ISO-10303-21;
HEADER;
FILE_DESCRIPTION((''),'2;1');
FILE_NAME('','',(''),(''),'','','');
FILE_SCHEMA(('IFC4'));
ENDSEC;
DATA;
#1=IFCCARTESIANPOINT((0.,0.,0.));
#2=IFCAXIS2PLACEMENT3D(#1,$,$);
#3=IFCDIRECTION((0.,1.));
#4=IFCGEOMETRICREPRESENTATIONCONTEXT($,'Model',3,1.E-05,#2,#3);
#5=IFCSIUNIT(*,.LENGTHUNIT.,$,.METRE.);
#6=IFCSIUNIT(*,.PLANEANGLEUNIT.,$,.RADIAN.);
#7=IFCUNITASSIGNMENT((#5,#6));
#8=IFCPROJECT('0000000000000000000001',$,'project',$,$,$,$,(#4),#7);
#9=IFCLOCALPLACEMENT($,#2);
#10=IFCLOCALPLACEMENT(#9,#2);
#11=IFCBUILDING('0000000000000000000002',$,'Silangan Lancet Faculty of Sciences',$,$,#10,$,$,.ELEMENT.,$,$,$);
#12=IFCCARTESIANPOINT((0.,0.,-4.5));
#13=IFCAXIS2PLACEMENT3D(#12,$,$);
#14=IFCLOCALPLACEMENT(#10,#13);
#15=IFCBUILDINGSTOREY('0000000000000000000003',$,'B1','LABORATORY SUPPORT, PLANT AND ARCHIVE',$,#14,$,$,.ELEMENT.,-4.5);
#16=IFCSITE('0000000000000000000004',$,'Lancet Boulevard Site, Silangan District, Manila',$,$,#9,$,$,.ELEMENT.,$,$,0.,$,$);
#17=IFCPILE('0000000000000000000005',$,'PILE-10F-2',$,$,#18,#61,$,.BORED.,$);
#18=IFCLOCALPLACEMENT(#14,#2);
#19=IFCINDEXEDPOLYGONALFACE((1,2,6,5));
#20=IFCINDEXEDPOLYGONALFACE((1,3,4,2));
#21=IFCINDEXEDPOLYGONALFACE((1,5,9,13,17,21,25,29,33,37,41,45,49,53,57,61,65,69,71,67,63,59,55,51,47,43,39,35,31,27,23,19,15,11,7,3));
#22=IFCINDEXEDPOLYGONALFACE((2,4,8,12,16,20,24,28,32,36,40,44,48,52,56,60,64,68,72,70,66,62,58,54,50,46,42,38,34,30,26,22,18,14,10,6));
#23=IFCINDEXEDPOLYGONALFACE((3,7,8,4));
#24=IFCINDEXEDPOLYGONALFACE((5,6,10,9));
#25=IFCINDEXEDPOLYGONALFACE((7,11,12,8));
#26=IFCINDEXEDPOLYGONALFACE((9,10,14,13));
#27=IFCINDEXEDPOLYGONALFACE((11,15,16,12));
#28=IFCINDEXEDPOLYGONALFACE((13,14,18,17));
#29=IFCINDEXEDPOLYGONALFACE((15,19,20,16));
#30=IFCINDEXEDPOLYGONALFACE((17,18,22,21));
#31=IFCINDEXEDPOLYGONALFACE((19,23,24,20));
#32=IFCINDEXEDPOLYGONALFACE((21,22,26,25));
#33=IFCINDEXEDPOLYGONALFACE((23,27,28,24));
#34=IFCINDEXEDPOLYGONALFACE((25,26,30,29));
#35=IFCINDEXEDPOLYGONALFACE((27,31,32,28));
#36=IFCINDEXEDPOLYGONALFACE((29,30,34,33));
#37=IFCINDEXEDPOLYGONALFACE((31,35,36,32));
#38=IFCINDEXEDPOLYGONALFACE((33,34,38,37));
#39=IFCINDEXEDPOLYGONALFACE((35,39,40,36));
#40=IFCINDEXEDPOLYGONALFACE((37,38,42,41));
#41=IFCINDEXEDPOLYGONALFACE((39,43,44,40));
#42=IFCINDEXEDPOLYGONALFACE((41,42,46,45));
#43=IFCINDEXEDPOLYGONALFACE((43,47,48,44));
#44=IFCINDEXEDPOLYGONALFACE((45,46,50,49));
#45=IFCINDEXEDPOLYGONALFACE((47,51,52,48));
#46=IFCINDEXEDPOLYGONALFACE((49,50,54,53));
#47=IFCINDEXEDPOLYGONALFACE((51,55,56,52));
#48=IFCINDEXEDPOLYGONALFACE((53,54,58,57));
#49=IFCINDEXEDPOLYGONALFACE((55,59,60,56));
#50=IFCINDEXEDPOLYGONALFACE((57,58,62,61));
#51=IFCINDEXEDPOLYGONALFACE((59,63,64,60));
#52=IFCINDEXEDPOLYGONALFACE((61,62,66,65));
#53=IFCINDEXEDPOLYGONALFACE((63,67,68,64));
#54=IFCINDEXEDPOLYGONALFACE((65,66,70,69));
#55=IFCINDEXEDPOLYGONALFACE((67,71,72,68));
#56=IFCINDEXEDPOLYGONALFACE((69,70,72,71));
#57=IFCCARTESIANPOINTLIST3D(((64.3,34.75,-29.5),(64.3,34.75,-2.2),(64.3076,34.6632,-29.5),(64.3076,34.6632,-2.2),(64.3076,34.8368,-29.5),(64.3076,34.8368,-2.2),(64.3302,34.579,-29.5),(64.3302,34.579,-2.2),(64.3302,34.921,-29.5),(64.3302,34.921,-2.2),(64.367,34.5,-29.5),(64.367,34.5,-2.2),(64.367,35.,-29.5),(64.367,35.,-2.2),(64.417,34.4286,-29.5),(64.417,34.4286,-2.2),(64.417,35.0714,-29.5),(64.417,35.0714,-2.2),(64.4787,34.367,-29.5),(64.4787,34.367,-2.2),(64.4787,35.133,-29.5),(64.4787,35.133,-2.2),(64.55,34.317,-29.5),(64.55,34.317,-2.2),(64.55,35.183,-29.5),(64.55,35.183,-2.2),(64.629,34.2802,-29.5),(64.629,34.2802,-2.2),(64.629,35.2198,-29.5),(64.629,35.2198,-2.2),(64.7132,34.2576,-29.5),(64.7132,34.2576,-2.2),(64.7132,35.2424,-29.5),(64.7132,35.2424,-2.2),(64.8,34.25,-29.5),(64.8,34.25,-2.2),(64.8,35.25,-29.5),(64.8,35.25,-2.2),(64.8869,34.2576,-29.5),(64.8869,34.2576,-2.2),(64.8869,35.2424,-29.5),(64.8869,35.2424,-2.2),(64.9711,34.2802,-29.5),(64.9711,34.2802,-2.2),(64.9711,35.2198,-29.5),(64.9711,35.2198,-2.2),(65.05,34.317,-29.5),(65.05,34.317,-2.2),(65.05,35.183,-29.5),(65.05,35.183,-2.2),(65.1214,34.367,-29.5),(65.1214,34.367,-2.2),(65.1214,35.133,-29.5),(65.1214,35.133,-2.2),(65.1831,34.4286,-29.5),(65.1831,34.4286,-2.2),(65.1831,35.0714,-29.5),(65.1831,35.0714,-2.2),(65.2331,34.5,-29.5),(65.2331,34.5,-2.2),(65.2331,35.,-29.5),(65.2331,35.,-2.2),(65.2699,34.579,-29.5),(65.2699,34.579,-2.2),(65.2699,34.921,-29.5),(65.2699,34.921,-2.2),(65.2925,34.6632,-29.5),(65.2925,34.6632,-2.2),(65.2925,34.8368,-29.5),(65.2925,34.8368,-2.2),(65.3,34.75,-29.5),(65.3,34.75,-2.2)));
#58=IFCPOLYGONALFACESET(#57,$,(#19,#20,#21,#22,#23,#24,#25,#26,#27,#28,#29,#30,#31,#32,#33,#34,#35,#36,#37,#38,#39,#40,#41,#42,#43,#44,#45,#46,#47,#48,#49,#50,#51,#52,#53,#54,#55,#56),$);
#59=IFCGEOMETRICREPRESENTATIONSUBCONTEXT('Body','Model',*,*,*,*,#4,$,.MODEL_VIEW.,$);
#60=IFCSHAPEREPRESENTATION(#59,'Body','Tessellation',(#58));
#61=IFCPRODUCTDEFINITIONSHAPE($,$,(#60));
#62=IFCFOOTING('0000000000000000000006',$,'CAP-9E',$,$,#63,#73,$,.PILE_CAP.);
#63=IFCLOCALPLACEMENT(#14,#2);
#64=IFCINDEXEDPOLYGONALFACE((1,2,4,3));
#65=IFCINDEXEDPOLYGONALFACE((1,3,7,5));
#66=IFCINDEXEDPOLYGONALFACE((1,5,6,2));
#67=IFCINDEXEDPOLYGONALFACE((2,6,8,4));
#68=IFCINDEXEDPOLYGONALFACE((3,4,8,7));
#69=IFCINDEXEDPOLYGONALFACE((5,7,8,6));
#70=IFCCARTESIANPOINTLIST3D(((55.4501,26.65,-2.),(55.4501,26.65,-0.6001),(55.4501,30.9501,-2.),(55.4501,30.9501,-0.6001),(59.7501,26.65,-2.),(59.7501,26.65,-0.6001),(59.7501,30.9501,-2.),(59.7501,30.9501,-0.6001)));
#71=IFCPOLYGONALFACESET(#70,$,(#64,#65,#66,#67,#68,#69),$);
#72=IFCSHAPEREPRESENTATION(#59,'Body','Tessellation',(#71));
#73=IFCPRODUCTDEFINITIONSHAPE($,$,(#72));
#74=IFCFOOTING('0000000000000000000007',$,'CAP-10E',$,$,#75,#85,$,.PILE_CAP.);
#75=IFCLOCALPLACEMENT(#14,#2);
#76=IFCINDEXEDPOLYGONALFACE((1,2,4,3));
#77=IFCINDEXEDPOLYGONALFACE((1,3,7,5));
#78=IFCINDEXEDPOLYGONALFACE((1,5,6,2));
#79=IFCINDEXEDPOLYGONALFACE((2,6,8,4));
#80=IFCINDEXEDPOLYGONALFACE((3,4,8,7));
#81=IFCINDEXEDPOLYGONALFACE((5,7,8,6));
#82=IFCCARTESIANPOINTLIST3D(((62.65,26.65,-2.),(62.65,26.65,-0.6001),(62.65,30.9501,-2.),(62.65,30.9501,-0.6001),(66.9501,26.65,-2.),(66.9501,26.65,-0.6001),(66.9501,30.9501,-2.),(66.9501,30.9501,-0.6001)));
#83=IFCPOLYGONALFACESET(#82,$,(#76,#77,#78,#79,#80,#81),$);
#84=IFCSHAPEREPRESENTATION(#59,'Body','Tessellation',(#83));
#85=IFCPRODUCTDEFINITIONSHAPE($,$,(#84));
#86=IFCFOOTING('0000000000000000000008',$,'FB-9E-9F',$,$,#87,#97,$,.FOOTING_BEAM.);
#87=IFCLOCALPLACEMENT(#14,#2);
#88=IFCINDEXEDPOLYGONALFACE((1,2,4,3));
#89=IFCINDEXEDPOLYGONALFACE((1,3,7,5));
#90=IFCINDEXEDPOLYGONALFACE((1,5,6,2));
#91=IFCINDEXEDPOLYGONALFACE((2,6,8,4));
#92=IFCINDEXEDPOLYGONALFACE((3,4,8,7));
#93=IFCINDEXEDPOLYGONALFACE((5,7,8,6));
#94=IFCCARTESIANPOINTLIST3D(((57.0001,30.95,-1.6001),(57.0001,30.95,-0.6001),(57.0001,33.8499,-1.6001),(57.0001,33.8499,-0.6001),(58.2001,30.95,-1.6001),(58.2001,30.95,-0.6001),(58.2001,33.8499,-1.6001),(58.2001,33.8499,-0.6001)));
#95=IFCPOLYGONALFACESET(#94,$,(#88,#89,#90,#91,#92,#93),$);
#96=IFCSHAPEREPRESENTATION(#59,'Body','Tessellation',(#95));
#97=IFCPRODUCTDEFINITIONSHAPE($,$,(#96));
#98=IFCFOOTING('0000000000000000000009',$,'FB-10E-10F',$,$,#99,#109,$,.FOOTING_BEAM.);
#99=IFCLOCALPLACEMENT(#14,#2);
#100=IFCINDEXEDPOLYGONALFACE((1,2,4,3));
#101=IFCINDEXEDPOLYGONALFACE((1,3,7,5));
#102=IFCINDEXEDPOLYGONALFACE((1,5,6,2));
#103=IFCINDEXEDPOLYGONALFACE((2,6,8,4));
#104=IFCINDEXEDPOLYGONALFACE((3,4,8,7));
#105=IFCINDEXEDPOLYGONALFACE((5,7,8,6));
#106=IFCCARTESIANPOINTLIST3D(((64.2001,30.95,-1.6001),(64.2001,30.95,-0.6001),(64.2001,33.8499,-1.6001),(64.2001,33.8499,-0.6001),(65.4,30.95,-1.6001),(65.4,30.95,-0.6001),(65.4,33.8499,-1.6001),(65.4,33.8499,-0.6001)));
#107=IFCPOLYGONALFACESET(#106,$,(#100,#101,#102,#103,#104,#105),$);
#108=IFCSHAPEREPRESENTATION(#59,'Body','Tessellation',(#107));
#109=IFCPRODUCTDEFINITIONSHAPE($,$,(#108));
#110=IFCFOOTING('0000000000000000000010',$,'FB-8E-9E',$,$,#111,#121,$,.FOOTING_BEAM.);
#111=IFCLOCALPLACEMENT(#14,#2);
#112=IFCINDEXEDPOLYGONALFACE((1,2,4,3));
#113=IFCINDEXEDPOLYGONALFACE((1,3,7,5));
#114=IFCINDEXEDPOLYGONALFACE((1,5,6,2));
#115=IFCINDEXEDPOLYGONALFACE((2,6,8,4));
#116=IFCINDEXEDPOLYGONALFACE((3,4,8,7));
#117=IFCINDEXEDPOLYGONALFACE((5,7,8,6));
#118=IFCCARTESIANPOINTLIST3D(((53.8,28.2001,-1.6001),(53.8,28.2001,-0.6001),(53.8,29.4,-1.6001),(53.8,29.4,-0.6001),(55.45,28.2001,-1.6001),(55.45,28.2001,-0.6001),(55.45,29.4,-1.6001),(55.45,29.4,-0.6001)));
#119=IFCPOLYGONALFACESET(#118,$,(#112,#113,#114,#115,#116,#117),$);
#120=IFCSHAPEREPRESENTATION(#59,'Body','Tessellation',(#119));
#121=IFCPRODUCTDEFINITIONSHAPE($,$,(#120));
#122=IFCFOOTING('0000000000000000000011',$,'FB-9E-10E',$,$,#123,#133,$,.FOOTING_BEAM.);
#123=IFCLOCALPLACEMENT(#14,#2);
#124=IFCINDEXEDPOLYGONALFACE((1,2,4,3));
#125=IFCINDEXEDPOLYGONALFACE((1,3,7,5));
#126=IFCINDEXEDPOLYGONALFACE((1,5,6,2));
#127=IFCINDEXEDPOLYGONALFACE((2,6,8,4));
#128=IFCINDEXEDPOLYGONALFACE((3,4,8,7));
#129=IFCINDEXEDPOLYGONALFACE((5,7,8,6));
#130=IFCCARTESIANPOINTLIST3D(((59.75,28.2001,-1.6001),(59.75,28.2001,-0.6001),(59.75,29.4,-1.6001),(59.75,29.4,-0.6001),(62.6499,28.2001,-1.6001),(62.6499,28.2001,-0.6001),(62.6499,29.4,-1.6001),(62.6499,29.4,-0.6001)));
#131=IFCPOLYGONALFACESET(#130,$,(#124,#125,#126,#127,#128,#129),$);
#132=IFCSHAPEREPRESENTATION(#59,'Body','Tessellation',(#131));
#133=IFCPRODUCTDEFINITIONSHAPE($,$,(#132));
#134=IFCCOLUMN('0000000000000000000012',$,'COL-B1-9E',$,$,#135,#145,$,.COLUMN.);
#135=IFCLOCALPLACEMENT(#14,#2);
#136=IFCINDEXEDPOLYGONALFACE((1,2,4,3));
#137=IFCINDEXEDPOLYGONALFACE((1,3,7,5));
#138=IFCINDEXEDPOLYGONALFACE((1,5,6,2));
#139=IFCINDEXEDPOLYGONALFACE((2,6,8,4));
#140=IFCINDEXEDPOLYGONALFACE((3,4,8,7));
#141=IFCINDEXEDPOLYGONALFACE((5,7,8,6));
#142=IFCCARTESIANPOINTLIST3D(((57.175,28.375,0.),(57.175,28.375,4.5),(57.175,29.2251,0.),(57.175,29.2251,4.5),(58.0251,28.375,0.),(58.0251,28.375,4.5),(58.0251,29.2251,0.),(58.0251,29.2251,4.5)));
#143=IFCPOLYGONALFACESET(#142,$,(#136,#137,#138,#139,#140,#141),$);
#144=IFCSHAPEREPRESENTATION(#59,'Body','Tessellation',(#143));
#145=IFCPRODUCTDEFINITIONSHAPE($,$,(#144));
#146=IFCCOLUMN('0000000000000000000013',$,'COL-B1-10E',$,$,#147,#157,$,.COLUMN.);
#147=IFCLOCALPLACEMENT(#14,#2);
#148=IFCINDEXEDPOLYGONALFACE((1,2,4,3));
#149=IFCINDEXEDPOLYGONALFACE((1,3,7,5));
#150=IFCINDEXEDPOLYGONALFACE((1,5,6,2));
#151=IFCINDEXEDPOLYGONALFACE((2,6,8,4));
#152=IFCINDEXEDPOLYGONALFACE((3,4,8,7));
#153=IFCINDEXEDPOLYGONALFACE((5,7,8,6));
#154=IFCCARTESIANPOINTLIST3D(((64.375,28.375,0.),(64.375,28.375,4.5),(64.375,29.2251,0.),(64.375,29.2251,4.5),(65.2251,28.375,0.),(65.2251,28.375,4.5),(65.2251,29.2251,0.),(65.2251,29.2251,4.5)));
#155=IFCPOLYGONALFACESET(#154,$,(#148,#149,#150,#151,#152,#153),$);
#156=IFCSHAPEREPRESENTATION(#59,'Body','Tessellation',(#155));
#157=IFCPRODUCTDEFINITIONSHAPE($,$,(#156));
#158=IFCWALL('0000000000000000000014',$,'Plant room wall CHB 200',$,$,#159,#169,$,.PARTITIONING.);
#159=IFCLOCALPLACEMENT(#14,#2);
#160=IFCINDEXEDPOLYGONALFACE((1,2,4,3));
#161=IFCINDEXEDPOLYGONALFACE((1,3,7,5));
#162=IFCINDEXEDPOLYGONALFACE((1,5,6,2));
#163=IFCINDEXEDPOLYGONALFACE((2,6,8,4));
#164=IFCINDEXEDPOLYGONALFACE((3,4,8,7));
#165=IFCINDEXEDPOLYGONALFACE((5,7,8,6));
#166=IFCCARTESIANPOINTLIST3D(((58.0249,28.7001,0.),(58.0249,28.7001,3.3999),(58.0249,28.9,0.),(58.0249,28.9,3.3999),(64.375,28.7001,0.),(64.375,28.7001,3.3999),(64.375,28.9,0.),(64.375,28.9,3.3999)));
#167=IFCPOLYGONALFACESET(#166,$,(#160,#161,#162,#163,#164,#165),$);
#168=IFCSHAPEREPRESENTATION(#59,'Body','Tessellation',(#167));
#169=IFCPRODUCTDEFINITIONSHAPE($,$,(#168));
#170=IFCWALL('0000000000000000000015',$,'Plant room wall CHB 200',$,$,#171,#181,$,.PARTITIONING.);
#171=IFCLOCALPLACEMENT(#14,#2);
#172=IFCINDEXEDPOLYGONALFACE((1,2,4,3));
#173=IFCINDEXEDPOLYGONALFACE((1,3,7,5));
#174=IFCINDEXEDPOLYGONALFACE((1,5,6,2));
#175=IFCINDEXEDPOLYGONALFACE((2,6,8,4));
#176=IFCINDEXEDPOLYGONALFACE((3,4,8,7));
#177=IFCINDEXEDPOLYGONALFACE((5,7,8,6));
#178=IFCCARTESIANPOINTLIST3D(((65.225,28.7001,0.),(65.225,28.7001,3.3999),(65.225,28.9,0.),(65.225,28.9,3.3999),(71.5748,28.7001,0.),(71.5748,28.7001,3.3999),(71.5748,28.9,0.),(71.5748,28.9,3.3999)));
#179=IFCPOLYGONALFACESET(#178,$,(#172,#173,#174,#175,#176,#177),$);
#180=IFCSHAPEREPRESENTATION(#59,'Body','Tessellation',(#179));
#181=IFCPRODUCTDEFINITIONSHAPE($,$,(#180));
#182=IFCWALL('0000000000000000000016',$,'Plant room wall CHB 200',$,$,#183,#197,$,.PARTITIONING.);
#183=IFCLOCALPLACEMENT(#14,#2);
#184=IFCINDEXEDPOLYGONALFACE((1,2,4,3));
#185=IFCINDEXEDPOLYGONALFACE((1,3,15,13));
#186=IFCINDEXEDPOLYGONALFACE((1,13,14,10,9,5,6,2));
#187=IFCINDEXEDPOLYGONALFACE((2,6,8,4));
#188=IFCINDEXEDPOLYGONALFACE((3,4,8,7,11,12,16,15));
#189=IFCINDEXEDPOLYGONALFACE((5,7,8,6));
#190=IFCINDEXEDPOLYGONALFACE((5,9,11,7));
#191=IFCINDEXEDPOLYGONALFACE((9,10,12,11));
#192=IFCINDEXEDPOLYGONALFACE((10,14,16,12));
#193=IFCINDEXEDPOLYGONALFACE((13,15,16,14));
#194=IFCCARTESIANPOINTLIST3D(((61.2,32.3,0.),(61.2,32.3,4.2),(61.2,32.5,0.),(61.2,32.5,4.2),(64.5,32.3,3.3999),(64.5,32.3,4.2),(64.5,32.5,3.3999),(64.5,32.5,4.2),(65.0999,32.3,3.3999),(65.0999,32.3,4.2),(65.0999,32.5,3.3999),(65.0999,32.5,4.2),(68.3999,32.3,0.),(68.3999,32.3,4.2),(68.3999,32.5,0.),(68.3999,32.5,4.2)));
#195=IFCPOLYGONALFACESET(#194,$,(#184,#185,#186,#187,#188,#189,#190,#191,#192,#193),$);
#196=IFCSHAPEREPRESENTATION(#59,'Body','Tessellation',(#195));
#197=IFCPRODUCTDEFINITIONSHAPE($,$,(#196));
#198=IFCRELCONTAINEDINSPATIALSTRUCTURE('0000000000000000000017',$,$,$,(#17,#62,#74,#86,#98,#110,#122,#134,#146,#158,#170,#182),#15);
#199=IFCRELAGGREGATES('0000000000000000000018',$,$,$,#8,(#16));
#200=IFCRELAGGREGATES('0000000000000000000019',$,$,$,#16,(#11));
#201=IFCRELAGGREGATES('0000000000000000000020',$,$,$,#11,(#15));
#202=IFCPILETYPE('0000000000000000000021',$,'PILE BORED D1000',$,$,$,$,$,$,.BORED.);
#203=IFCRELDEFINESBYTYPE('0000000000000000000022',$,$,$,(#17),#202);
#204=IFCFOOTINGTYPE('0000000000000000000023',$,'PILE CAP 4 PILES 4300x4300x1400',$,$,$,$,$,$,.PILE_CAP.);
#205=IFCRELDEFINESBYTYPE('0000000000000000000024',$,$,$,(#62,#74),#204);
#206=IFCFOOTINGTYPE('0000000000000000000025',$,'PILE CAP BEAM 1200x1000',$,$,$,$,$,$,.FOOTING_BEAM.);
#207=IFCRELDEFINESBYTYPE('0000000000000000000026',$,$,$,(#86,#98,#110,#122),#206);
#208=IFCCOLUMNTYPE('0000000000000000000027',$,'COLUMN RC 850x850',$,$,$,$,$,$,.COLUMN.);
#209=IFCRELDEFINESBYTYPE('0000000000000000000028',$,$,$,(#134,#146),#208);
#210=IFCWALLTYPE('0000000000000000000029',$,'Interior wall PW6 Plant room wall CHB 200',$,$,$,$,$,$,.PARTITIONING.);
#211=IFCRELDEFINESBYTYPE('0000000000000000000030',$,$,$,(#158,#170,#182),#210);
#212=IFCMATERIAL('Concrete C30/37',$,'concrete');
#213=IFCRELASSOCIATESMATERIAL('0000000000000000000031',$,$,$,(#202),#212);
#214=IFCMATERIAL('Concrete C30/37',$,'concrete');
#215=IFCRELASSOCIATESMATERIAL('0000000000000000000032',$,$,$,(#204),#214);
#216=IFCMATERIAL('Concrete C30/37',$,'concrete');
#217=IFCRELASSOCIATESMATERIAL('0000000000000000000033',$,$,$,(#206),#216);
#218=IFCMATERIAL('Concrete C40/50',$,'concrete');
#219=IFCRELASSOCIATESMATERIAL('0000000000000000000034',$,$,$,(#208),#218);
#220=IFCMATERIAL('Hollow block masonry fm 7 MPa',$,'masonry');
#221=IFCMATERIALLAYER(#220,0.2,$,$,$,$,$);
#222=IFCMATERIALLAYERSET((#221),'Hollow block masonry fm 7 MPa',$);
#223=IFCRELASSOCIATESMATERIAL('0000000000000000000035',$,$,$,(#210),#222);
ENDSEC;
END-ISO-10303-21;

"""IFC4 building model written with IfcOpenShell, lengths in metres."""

from ifc_helpers import new_model, si_unit, direction, frame, frame_2d, origin, origin_2d, place, context, subcontext, project, spatial, polyline, rectangle, circle, outline, extrude, material, layer, layer_set, material_profile, profile_set, type_object, element, save


model = new_model("IFC4")

# Units and contexts
model_context = context("Model", 3, precision=1e-05, world=origin(), true_north=direction((0.0, 1.0)))
body_context = subcontext(model_context, "Body", "Model", "MODEL_VIEW")
ifc_project = project(units=[si_unit("LENGTHUNIT", "METRE"), si_unit("PLANEANGLEUNIT", "RADIAN")], contexts=[model_context])

# Site, building, storey
site_placement = place(None, origin())
site = spatial("IfcSite", under=ifc_project, at=site_placement, Name="Lancet Boulevard Site, Silangan District, Manila", CompositionType="ELEMENT", RefElevation=0.0)
building_placement = place(site_placement, origin())
building = spatial("IfcBuilding", under=site, at=building_placement, Name="Silangan Lancet Faculty of Sciences", CompositionType="ELEMENT")
storey_placement = place(building_placement, frame((0.0, 0.0, -4.5)))
storey = spatial("IfcBuildingStorey", under=building, at=storey_placement, Name="B1", Description="LABORATORY SUPPORT, PLANT AND ARCHIVE", CompositionType="ELEMENT", Elevation=-4.5)

# Pile
ifc_material_1 = material(Name="Concrete C30/37", Category="concrete")
ifc_material_profile_1 = material_profile(ifc_material_1, circle(Radius=0.5, at=origin_2d()), Name="BORED PILE D1000")
ifc_profile_set_1 = profile_set([ifc_material_profile_1], Name="Concrete C30/37")
pile_type = type_object("IfcPileType", Name="PILE BORED D1000", PredefinedType="BORED", material=ifc_profile_set_1)
for number, where, z_axis, x_axis, name in (
    (1, (64.8, 34.75, -2.2), (0.0, 0.0, -1.0), (1.0, 0.0, 0.0), "PILE-10F-2"),
):
    element("IfcPile", number, at=place(storey_placement, frame(where, z_axis=z_axis, x_axis=x_axis)), inside=storey, type_object=pile_type, Name=name, PredefinedType="BORED", context=body_context, shape_type="SweptSolid", body=[
        extrude(circle(Radius=0.5, at=origin_2d()), origin(), (0.0, 0.0, 1.0), 27.3),
    ])

# Footings
ifc_material_2 = material(Name="Concrete C30/37", Category="concrete")
footing_type_1 = type_object("IfcFootingType", Name="PILE CAP 4 PILES 4300x4300x1400", PredefinedType="PILE_CAP", material=ifc_material_2)
for number, where, z_axis, x_axis, name in (
    (2, (57.6001, 28.8, -2.0), (0.0, 0.0, 1.0), (1.0, 0.0, 0.0), "CAP-9E"),
    (3, (64.8, 28.8, -2.0), (0.0, 0.0, 1.0), (1.0, 0.0, 0.0), "CAP-10E"),
):
    element("IfcFooting", number, at=place(storey_placement, frame(where, z_axis=z_axis, x_axis=x_axis)), inside=storey, type_object=footing_type_1, Name=name, PredefinedType="PILE_CAP", context=body_context, shape_type="SweptSolid", body=[
        extrude(rectangle(XDim=4.3, YDim=4.3, at=origin_2d()), origin(), (0.0, 0.0, 1.0), 1.3999),
    ])
ifc_material_3 = material(Name="Concrete C30/37", Category="concrete")
footing_type_2 = type_object("IfcFootingType", Name="PILE CAP BEAM 1200x1000", PredefinedType="FOOTING_BEAM", material=ifc_material_3)
for number, where, z_axis, x_axis, name in (
    (4, (57.6001, 32.3999, -1.6001), (0.0, 0.0, 1.0), (0.0, 1.0, 0.0), "FB-9E-9F"),
    (5, (64.8, 32.3999, -1.6001), (0.0, 0.0, 1.0), (0.0, 1.0, 0.0), "FB-10E-10F"),
):
    element("IfcFooting", number, at=place(storey_placement, frame(where, z_axis=z_axis, x_axis=x_axis)), inside=storey, type_object=footing_type_2, Name=name, PredefinedType="FOOTING_BEAM", context=body_context, shape_type="SweptSolid", body=[
        extrude(rectangle(XDim=2.8999, YDim=1.2, at=origin_2d()), origin(), (0.0, 0.0, 1.0), 1.0),
    ])
footing_1_placement = place(storey_placement, frame((54.625, 28.8, -1.6001), z_axis=(0.0, 0.0, 1.0), x_axis=(1.0, 0.0, 0.0)))
element("IfcFooting", 6, at=footing_1_placement, inside=storey, type_object=footing_type_2, Name="FB-8E-9E", PredefinedType="FOOTING_BEAM", context=body_context, shape_type="SweptSolid", body=[
    extrude(rectangle(XDim=1.6499, YDim=1.2, at=origin_2d()), origin(), (0.0, 0.0, 1.0), 1.0),
])
footing_2_placement = place(storey_placement, frame((61.2, 28.8, -1.6001), z_axis=(0.0, 0.0, 1.0), x_axis=(1.0, 0.0, 0.0)))
element("IfcFooting", 7, at=footing_2_placement, inside=storey, type_object=footing_type_2, Name="FB-9E-10E", PredefinedType="FOOTING_BEAM", context=body_context, shape_type="SweptSolid", body=[
    extrude(rectangle(XDim=2.8999, YDim=1.2, at=origin_2d()), origin(), (0.0, 0.0, 1.0), 1.0),
])

# Columns
ifc_material_4 = material(Name="Concrete C40/50", Category="concrete")
ifc_material_profile_2 = material_profile(ifc_material_4, rectangle(XDim=0.8501, YDim=0.8501, at=origin_2d()), Name="RC 850x850")
ifc_profile_set_2 = profile_set([ifc_material_profile_2], Name="Concrete C40/50")
column_type = type_object("IfcColumnType", Name="COLUMN RC 850x850", PredefinedType="COLUMN", material=ifc_profile_set_2)
for number, where, z_axis, x_axis, name in (
    (8, (57.6001, 28.8, 0.0), (0.0, 0.0, 1.0), (1.0, 0.0, 0.0), "COL-B1-9E"),
    (9, (64.8, 28.8, 0.0), (0.0, 0.0, 1.0), (1.0, 0.0, 0.0), "COL-B1-10E"),
):
    element("IfcColumn", number, at=place(storey_placement, frame(where, z_axis=z_axis, x_axis=x_axis)), inside=storey, type_object=column_type, Name=name, PredefinedType="COLUMN", context=body_context, shape_type="SweptSolid", body=[
        extrude(rectangle(XDim=0.8501, YDim=0.8501, at=origin_2d()), origin(), (0.0, 0.0, 1.0), 4.5),
    ])

# Walls
ifc_material_5 = material(Name="Hollow block masonry fm 7 MPa", Category="masonry")
ifc_layer = layer(ifc_material_5, 0.2)
ifc_layer_set = layer_set([ifc_layer], Name="Hollow block masonry fm 7 MPa")
wall_type = type_object("IfcWallType", Name="Interior wall PW6 Plant room wall CHB 200", PredefinedType="PARTITIONING", material=ifc_layer_set)
wall_1_placement = place(storey_placement, frame((58.0249, 28.8, 0.0), z_axis=(0.0, 0.0, 1.0), x_axis=(1.0, 0.0, 0.0)))
element("IfcWall", 10, at=wall_1_placement, inside=storey, type_object=wall_type, Name="Plant room wall CHB 200", PredefinedType="PARTITIONING", context=body_context, shape_type="SweptSolid", body=[
    extrude(rectangle(XDim=6.3501, YDim=0.2, at=frame_2d((3.175, 0.0))), origin(), (0.0, 0.0, 1.0), 3.3999),
])
wall_2_placement = place(storey_placement, frame((65.2251, 28.8, 0.0), z_axis=(0.0, 0.0, 1.0), x_axis=(1.0, 0.0, 0.0)))
element("IfcWall", 11, at=wall_2_placement, inside=storey, type_object=wall_type, Name="Plant room wall CHB 200", PredefinedType="PARTITIONING", context=body_context, shape_type="SweptSolid", body=[
    extrude(rectangle(XDim=6.3499, YDim=0.2, at=frame_2d((3.1748, 0.0))), origin(), (0.0, 0.0, 1.0), 3.3999),
])
wall_3_placement = place(storey_placement, frame((61.2, 32.3999, 0.0), z_axis=(0.0, 0.0, 1.0), x_axis=(1.0, 0.0, 0.0)))
element("IfcWall", 12, at=wall_3_placement, inside=storey, type_object=wall_type, Name="Plant room wall CHB 200", PredefinedType="PARTITIONING", context=body_context, shape_type="SweptSolid", body=[
    extrude(outline(polyline([(0.0, 0.0), (7.2, 0.0), (7.2, 4.2), (3.8999, 4.2), (3.8999, 3.3999), (3.3, 3.3999), (3.3, 4.2), (0.0, 4.2), (0.0, 0.0)])), frame((0.0, 0.1001, 0.0), z_axis=(0.0, -1.0, 0.0), x_axis=(1.0, 0.0, 0.0)), (0.0, 0.0, 1.0), 0.2),
])

save(model, "model.ifc")
